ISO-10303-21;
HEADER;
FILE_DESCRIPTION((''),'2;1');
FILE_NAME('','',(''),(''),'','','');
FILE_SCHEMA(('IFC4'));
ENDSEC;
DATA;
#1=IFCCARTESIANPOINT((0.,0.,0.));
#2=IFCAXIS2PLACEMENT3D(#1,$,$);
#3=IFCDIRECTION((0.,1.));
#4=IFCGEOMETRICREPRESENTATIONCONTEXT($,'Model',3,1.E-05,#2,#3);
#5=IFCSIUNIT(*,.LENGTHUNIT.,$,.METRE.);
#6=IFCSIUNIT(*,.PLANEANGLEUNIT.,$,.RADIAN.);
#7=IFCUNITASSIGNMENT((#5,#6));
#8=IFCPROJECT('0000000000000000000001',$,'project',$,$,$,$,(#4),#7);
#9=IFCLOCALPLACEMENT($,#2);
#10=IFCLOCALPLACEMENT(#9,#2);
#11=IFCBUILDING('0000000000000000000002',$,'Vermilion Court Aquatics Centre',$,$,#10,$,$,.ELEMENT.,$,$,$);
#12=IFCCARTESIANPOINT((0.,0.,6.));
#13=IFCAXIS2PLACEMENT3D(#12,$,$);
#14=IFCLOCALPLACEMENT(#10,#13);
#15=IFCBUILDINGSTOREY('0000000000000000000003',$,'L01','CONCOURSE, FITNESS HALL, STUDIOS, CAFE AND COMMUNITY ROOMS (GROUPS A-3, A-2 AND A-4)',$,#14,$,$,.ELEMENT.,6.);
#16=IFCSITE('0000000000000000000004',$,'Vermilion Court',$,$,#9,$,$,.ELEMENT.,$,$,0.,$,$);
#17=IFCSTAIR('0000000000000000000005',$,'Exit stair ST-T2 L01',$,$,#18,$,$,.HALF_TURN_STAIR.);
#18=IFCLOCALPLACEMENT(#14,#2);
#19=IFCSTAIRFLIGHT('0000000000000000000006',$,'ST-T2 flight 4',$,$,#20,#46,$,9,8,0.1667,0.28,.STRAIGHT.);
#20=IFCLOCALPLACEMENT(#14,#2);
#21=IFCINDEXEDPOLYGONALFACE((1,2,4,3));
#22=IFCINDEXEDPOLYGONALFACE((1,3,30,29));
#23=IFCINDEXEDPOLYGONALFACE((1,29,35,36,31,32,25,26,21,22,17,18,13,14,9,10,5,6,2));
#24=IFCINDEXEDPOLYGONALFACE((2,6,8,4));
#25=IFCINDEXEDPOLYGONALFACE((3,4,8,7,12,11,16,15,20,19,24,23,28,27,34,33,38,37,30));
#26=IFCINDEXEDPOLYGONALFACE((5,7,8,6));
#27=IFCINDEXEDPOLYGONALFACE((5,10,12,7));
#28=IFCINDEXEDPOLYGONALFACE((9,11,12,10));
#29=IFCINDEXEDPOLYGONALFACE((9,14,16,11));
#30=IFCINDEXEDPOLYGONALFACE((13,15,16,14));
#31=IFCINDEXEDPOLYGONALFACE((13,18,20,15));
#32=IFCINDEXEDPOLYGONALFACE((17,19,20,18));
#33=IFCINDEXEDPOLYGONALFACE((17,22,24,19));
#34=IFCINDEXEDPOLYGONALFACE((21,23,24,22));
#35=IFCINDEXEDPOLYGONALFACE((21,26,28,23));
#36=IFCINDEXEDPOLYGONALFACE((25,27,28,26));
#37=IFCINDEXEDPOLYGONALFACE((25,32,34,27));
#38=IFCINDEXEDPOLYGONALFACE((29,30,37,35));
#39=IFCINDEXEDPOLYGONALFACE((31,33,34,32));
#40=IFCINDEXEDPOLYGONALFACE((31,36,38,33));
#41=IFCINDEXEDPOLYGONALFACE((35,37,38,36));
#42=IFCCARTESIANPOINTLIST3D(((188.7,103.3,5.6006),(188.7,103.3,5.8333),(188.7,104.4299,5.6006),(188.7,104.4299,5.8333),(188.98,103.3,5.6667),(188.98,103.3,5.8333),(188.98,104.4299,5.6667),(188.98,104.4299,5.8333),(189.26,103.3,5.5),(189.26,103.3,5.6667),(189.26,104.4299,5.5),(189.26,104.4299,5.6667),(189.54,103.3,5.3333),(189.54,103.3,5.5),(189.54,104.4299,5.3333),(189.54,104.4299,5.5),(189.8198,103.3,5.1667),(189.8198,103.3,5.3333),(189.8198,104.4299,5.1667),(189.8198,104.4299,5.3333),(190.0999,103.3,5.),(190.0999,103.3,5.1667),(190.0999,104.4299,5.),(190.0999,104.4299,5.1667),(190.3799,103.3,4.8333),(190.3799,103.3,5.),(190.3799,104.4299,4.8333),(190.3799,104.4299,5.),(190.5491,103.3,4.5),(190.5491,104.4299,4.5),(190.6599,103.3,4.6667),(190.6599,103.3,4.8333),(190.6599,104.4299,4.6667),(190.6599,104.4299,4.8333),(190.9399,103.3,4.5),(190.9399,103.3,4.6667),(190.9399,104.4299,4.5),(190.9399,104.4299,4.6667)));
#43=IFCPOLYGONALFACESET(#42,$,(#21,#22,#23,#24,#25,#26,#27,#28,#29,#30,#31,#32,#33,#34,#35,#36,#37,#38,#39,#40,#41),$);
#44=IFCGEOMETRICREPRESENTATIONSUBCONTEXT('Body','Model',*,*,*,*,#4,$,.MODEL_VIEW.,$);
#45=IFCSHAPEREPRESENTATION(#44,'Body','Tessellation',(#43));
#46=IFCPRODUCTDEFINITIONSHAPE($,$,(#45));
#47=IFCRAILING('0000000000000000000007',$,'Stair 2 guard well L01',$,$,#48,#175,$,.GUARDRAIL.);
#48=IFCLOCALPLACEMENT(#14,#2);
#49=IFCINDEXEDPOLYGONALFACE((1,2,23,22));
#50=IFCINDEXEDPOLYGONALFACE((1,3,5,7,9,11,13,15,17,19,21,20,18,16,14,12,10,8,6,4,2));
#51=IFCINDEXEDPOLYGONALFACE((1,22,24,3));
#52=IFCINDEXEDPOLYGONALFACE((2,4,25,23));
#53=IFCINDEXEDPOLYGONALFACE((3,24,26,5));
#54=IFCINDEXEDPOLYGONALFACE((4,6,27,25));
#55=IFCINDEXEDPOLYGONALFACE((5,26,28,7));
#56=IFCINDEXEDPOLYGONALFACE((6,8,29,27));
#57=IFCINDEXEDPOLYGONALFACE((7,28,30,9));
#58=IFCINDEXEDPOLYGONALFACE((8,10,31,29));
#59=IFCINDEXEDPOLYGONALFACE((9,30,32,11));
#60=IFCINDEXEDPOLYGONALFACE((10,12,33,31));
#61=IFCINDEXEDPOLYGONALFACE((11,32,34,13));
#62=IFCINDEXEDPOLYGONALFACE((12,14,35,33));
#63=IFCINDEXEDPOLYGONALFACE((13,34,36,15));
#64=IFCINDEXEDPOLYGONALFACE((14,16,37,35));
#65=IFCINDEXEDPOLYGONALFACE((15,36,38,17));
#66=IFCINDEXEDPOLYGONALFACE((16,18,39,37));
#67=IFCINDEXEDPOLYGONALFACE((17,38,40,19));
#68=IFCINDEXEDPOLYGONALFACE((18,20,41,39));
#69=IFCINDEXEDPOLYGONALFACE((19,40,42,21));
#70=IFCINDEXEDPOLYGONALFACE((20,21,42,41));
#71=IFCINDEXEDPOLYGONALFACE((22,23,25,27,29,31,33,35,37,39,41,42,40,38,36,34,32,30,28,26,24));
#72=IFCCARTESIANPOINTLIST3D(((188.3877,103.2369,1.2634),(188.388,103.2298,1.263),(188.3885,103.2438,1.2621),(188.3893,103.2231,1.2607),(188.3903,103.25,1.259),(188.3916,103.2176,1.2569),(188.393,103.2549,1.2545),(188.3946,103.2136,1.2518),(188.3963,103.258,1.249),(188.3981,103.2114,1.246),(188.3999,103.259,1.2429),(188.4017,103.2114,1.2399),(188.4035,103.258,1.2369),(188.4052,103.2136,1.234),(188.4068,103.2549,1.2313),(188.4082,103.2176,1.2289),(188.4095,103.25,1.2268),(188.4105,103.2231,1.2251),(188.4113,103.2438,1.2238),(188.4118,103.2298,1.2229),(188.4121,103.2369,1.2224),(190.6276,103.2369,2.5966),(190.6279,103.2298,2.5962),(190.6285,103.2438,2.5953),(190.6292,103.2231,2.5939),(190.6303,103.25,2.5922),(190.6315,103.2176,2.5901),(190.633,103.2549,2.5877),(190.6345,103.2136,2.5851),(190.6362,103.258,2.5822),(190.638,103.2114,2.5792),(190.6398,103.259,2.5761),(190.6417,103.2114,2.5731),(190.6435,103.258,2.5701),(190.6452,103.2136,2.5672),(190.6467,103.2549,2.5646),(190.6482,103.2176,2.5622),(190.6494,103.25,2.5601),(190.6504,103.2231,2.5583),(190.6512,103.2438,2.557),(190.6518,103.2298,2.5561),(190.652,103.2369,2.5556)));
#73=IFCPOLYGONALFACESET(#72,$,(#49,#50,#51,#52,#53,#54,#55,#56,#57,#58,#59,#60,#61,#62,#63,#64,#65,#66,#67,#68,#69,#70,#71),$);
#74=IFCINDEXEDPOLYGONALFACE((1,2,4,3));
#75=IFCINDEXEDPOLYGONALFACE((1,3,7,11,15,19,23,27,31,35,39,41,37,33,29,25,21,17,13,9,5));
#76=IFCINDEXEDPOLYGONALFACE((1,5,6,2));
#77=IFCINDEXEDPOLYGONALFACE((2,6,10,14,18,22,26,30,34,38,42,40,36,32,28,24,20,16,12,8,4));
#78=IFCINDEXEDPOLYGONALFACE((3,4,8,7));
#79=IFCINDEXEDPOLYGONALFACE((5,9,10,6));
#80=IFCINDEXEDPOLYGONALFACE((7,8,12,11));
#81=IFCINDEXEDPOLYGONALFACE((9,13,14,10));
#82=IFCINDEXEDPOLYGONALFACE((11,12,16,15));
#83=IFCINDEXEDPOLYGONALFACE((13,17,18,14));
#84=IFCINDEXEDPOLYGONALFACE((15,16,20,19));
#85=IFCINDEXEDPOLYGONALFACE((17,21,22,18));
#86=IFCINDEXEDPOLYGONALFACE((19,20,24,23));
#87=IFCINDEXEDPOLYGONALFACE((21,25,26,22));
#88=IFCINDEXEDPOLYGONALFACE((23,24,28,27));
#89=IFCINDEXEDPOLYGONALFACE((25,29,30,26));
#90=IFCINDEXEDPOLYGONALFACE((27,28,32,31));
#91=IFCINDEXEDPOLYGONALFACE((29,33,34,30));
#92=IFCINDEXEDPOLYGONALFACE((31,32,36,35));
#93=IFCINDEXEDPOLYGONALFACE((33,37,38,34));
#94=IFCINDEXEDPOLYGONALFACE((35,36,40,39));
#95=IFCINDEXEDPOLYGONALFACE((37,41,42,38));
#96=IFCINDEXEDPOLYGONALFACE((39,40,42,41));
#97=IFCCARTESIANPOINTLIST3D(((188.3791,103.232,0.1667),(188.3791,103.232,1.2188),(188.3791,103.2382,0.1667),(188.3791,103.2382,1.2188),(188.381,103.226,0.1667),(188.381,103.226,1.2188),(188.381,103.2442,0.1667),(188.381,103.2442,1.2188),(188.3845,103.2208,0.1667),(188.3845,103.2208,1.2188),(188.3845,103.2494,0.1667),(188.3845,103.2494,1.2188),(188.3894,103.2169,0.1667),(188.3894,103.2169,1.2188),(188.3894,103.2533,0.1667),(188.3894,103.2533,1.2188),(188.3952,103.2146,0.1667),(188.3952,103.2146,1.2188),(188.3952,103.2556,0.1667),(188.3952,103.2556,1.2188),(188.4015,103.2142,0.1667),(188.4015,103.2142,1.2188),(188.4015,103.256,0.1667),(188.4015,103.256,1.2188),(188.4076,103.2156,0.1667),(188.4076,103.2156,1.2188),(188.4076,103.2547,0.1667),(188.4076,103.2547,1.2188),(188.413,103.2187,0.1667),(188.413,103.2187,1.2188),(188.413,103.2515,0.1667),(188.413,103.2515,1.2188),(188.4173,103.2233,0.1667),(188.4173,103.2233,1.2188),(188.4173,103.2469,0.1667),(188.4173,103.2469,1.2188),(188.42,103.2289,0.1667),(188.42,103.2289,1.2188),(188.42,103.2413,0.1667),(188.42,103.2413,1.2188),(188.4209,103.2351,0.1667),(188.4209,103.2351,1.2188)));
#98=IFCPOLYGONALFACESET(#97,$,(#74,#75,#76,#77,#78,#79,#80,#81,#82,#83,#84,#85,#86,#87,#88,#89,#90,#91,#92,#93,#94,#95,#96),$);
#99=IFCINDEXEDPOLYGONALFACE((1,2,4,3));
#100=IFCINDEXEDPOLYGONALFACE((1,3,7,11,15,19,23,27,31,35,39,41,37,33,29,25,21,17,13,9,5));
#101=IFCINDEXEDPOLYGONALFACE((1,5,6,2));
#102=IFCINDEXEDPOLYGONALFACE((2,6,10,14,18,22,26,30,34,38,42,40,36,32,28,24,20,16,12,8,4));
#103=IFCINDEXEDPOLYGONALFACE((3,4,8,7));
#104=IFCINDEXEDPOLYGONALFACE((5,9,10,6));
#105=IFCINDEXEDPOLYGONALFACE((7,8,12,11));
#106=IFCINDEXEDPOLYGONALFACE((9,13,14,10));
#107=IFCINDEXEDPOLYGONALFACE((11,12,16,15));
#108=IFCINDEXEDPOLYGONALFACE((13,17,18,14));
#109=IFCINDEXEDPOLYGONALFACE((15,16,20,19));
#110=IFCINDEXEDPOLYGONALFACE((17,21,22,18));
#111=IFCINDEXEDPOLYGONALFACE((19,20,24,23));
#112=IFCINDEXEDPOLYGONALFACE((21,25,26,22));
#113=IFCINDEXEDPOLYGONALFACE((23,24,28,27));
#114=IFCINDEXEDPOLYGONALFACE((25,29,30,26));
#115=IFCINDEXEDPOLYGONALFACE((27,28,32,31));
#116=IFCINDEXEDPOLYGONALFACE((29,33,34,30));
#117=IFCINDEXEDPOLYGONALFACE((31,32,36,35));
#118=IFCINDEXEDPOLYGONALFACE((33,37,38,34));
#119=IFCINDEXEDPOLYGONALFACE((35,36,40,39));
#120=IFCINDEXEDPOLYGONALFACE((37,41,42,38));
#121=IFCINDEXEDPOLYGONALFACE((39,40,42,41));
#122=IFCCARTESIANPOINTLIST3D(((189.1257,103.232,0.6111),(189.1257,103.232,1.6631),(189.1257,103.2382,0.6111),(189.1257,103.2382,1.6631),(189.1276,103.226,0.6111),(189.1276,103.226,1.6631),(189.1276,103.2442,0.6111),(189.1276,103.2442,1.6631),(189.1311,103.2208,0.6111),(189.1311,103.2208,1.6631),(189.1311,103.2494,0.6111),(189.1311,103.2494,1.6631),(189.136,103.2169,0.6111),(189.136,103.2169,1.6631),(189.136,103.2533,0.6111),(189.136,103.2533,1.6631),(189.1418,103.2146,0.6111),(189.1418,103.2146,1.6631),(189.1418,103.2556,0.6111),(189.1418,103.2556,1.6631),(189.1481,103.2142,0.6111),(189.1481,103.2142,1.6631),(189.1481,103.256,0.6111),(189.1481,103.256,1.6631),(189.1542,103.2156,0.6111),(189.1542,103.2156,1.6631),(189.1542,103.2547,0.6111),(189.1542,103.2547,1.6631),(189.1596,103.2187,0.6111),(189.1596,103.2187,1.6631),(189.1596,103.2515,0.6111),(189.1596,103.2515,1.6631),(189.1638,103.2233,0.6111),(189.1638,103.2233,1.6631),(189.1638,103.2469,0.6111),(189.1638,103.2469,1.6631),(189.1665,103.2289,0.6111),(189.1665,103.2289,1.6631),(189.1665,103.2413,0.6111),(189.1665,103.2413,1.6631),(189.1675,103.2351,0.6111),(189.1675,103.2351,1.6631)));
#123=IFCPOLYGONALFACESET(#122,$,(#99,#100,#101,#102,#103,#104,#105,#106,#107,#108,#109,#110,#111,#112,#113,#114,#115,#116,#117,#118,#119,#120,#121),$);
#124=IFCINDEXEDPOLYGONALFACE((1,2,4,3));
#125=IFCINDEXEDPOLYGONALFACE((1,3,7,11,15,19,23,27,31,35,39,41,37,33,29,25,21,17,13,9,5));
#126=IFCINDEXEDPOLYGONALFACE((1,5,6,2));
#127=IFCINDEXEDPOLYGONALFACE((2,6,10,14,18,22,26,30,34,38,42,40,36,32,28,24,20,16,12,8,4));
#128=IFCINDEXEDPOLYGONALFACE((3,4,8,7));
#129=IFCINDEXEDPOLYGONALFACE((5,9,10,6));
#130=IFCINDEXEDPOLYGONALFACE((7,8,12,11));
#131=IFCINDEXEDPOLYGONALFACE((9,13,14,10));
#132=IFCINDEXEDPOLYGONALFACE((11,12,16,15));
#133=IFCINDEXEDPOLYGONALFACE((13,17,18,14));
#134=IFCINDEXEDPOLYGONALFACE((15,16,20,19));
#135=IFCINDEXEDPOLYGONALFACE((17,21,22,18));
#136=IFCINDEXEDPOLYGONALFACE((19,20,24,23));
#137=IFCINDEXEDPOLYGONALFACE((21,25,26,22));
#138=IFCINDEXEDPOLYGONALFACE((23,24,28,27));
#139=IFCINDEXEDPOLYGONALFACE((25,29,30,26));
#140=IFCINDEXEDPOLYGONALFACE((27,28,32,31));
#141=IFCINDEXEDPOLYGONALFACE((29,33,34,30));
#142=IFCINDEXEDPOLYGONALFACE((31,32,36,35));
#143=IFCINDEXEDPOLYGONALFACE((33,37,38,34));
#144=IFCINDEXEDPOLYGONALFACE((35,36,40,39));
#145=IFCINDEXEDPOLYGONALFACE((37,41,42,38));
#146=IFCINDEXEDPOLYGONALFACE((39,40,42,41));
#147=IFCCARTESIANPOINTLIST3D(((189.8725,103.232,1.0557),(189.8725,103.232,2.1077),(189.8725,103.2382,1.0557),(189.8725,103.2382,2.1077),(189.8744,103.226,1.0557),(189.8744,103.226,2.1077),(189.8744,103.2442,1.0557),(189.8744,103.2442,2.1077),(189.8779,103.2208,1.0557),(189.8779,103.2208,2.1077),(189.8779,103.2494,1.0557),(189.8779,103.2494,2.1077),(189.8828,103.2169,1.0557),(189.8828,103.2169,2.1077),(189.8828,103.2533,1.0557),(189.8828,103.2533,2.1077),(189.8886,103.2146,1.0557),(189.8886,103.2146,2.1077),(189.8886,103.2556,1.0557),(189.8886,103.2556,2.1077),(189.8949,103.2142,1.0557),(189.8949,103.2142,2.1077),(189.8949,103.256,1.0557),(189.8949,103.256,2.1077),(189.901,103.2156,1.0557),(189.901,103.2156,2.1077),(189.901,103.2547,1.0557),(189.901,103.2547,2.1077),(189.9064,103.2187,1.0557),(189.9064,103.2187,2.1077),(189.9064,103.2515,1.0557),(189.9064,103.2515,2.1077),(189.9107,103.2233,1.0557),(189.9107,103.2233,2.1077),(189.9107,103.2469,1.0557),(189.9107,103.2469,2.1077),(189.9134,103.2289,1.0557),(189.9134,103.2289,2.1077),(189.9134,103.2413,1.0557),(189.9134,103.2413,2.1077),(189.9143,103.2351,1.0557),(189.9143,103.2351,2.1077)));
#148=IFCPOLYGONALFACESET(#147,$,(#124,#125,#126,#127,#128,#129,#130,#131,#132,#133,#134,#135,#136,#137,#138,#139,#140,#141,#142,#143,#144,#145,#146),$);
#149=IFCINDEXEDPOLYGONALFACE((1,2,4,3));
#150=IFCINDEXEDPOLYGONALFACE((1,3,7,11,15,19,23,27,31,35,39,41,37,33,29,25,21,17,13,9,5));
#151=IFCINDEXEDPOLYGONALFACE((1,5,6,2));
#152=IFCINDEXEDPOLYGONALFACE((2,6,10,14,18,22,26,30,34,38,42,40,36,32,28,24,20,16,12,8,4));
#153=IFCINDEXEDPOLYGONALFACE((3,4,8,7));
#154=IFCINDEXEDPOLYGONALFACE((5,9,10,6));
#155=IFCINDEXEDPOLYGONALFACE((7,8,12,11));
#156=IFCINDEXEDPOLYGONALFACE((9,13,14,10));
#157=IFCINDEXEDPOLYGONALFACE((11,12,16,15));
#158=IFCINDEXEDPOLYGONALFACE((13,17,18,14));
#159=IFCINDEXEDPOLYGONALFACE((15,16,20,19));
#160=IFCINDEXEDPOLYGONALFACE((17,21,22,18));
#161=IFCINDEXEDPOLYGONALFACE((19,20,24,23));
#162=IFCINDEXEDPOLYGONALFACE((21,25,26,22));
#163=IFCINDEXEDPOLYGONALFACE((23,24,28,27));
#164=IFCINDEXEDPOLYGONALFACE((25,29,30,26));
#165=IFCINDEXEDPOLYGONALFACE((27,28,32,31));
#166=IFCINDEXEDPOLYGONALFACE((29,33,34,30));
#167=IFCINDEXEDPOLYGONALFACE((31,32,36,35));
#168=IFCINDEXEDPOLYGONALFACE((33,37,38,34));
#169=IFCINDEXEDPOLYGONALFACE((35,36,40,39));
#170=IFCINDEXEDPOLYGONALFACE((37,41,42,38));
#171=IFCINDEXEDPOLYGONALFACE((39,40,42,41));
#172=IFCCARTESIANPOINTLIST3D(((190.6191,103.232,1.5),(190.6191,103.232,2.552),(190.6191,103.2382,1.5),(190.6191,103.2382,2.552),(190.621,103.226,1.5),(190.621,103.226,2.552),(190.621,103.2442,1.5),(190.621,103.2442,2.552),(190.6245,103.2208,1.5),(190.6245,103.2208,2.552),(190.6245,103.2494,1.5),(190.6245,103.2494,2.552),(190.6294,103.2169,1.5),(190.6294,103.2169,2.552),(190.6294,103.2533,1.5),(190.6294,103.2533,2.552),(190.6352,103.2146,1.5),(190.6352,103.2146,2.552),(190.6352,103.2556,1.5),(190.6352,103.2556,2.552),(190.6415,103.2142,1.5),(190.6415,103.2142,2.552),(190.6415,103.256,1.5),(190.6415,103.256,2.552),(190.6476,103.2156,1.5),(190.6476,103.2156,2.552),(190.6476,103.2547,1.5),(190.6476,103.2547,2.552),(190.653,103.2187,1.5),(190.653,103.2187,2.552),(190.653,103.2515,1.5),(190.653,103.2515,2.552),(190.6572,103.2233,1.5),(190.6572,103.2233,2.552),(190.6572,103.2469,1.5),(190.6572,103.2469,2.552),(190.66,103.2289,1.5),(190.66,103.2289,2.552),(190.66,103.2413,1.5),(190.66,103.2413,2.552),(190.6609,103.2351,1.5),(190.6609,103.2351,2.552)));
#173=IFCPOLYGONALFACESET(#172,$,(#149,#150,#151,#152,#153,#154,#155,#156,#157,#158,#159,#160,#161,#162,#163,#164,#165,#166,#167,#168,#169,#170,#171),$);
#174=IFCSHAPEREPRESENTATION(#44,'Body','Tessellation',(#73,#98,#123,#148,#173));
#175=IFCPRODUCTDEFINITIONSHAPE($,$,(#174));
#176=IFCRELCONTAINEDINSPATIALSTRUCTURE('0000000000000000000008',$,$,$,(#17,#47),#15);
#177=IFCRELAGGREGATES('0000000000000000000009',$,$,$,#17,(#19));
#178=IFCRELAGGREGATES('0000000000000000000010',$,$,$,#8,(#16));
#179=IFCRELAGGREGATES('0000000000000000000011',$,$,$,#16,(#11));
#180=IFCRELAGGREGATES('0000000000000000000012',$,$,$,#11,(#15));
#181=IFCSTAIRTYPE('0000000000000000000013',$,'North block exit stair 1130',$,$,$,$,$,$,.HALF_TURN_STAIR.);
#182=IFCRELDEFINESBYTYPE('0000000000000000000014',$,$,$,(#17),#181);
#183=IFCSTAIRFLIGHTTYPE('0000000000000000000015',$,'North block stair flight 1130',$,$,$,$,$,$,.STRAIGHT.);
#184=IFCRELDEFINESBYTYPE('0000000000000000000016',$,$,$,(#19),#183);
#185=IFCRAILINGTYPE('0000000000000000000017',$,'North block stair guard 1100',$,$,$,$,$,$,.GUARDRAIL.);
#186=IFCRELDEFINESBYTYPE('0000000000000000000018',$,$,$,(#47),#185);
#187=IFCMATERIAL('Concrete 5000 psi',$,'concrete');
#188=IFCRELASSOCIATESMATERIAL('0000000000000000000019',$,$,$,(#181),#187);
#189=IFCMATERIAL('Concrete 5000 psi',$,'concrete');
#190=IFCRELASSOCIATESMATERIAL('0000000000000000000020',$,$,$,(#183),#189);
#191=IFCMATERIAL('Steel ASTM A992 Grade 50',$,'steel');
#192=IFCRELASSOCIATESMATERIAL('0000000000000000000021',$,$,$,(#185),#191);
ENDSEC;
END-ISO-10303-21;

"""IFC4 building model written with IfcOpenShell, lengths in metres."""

from ifc_helpers import new_model, si_unit, direction, frame, origin, origin_2d, place, context, subcontext, project, spatial, polyline, circle, outline, extrude, material, type_object, element, aggregate, save


model = new_model("IFC4")

# Units and contexts
model_context = context("Model", 3, precision=1e-05, world=origin(), true_north=direction((0.0, 1.0)))
body_context = subcontext(model_context, "Body", "Model", "MODEL_VIEW")
ifc_project = project(units=[si_unit("LENGTHUNIT", "METRE"), si_unit("PLANEANGLEUNIT", "RADIAN")], contexts=[model_context])

# Site, building, storey
site_placement = place(None, origin())
site = spatial("IfcSite", under=ifc_project, at=site_placement, Name="Vermilion Court", CompositionType="ELEMENT", RefElevation=0.0)
building_placement = place(site_placement, origin())
building = spatial("IfcBuilding", under=site, at=building_placement, Name="Vermilion Court Aquatics Centre", CompositionType="ELEMENT")
storey_placement = place(building_placement, frame((0.0, 0.0, 6.0)))
storey = spatial("IfcBuildingStorey", under=building, at=storey_placement, Name="L01", Description="CONCOURSE, FITNESS HALL, STUDIOS, CAFE AND COMMUNITY ROOMS (GROUPS A-3, A-2 AND A-4)", CompositionType="ELEMENT", Elevation=6.0)

# Stair, stair flight
ifc_material_1 = material(Name="Concrete 5000 psi", Category="concrete")
stair_type = type_object("IfcStairType", Name="North block exit stair 1130", PredefinedType="HALF_TURN_STAIR", material=ifc_material_1)
stair_placement = place(storey_placement, origin())
stair = element("IfcStair", 1, at=stair_placement, inside=storey, type_object=stair_type, Name="Exit stair ST-T2 L01", PredefinedType="HALF_TURN_STAIR")
ifc_material_2 = material(Name="Concrete 5000 psi", Category="concrete")
stair_flight_type = type_object("IfcStairFlightType", Name="North block stair flight 1130", PredefinedType="STRAIGHT", material=ifc_material_2)
stair_flight_1_placement = place(storey_placement, frame((190.9399, 103.865, 4.5), z_axis=(0.0, 0.0, 1.0), x_axis=(-1.0, 0.0, 0.0)))
stair_flight_1 = element("IfcStairFlight", 2, at=stair_flight_1_placement, type_object=stair_flight_type, Name="ST-T2 flight 4", NumberOfRisers=9, NumberOfTreads=8, PredefinedType="STRAIGHT", RiserHeight=0.1667, TreadLength=0.28, context=body_context, shape_type="SweptSolid", body=[
    extrude(outline(polyline([(0.0, 0.0), (0.0, 0.1667), (0.28, 0.1667), (0.28, 0.3333), (0.5601, 0.3333), (0.5601, 0.5), (0.8401, 0.5), (0.8401, 0.6667), (1.1201, 0.6667), (1.1201, 0.8333), (1.3999, 0.8333), (1.3999, 1.0), (1.6799, 1.0), (1.6799, 1.1667), (1.96, 1.1667), (1.96, 1.3333), (2.24, 1.3333), (2.24, 1.5), (2.24, 1.1006), (0.3909, 0.0), (0.0, 0.0)])), frame((0.0, 0.5649, 0.0), z_axis=(0.0, -1.0, 0.0), x_axis=(1.0, 0.0, 0.0)), (0.0, 0.0, 1.0), 1.1299),
])
aggregate(stair, [stair_flight_1])

# Railing
ifc_material_3 = material(Name="Steel ASTM A992 Grade 50", Category="steel")
railing_type_1 = type_object("IfcRailingType", Name="North block stair guard 1100", PredefinedType="GUARDRAIL", material=ifc_material_3)
for number, where, name in (
    (3, (188.3999, 103.2351, 0.1667), "Stair 2 guard well L01"),
):
    element("IfcRailing", number, at=place(storey_placement, frame(where)), inside=storey, type_object=railing_type_1, Name=name, PredefinedType="GUARDRAIL", context=body_context, shape_type="SweptSolid", body=[
        extrude(circle(Radius=0.0239, at=origin_2d()), frame((0.0, 0.0, 1.0762), z_axis=(0.859306, 0.0, 0.511462), x_axis=(0.0, 1.0, 0.0)), (0.0, 0.0, 1.0), 2.6067),
        extrude(circle(Radius=0.021, at=origin_2d()), origin(), (0.0, 0.0, 1.0), 1.052),
        extrude(circle(Radius=0.021, at=origin_2d()), frame((0.7466, 0.0, 0.4443)), (0.0, 0.0, 1.0), 1.052),
        extrude(circle(Radius=0.021, at=origin_2d()), frame((1.4934, 0.0, 0.8889)), (0.0, 0.0, 1.0), 1.052),
        extrude(circle(Radius=0.021, at=origin_2d()), frame((2.24, 0.0, 1.3333)), (0.0, 0.0, 1.0), 1.052),
    ])

save(model, "model.ifc")
